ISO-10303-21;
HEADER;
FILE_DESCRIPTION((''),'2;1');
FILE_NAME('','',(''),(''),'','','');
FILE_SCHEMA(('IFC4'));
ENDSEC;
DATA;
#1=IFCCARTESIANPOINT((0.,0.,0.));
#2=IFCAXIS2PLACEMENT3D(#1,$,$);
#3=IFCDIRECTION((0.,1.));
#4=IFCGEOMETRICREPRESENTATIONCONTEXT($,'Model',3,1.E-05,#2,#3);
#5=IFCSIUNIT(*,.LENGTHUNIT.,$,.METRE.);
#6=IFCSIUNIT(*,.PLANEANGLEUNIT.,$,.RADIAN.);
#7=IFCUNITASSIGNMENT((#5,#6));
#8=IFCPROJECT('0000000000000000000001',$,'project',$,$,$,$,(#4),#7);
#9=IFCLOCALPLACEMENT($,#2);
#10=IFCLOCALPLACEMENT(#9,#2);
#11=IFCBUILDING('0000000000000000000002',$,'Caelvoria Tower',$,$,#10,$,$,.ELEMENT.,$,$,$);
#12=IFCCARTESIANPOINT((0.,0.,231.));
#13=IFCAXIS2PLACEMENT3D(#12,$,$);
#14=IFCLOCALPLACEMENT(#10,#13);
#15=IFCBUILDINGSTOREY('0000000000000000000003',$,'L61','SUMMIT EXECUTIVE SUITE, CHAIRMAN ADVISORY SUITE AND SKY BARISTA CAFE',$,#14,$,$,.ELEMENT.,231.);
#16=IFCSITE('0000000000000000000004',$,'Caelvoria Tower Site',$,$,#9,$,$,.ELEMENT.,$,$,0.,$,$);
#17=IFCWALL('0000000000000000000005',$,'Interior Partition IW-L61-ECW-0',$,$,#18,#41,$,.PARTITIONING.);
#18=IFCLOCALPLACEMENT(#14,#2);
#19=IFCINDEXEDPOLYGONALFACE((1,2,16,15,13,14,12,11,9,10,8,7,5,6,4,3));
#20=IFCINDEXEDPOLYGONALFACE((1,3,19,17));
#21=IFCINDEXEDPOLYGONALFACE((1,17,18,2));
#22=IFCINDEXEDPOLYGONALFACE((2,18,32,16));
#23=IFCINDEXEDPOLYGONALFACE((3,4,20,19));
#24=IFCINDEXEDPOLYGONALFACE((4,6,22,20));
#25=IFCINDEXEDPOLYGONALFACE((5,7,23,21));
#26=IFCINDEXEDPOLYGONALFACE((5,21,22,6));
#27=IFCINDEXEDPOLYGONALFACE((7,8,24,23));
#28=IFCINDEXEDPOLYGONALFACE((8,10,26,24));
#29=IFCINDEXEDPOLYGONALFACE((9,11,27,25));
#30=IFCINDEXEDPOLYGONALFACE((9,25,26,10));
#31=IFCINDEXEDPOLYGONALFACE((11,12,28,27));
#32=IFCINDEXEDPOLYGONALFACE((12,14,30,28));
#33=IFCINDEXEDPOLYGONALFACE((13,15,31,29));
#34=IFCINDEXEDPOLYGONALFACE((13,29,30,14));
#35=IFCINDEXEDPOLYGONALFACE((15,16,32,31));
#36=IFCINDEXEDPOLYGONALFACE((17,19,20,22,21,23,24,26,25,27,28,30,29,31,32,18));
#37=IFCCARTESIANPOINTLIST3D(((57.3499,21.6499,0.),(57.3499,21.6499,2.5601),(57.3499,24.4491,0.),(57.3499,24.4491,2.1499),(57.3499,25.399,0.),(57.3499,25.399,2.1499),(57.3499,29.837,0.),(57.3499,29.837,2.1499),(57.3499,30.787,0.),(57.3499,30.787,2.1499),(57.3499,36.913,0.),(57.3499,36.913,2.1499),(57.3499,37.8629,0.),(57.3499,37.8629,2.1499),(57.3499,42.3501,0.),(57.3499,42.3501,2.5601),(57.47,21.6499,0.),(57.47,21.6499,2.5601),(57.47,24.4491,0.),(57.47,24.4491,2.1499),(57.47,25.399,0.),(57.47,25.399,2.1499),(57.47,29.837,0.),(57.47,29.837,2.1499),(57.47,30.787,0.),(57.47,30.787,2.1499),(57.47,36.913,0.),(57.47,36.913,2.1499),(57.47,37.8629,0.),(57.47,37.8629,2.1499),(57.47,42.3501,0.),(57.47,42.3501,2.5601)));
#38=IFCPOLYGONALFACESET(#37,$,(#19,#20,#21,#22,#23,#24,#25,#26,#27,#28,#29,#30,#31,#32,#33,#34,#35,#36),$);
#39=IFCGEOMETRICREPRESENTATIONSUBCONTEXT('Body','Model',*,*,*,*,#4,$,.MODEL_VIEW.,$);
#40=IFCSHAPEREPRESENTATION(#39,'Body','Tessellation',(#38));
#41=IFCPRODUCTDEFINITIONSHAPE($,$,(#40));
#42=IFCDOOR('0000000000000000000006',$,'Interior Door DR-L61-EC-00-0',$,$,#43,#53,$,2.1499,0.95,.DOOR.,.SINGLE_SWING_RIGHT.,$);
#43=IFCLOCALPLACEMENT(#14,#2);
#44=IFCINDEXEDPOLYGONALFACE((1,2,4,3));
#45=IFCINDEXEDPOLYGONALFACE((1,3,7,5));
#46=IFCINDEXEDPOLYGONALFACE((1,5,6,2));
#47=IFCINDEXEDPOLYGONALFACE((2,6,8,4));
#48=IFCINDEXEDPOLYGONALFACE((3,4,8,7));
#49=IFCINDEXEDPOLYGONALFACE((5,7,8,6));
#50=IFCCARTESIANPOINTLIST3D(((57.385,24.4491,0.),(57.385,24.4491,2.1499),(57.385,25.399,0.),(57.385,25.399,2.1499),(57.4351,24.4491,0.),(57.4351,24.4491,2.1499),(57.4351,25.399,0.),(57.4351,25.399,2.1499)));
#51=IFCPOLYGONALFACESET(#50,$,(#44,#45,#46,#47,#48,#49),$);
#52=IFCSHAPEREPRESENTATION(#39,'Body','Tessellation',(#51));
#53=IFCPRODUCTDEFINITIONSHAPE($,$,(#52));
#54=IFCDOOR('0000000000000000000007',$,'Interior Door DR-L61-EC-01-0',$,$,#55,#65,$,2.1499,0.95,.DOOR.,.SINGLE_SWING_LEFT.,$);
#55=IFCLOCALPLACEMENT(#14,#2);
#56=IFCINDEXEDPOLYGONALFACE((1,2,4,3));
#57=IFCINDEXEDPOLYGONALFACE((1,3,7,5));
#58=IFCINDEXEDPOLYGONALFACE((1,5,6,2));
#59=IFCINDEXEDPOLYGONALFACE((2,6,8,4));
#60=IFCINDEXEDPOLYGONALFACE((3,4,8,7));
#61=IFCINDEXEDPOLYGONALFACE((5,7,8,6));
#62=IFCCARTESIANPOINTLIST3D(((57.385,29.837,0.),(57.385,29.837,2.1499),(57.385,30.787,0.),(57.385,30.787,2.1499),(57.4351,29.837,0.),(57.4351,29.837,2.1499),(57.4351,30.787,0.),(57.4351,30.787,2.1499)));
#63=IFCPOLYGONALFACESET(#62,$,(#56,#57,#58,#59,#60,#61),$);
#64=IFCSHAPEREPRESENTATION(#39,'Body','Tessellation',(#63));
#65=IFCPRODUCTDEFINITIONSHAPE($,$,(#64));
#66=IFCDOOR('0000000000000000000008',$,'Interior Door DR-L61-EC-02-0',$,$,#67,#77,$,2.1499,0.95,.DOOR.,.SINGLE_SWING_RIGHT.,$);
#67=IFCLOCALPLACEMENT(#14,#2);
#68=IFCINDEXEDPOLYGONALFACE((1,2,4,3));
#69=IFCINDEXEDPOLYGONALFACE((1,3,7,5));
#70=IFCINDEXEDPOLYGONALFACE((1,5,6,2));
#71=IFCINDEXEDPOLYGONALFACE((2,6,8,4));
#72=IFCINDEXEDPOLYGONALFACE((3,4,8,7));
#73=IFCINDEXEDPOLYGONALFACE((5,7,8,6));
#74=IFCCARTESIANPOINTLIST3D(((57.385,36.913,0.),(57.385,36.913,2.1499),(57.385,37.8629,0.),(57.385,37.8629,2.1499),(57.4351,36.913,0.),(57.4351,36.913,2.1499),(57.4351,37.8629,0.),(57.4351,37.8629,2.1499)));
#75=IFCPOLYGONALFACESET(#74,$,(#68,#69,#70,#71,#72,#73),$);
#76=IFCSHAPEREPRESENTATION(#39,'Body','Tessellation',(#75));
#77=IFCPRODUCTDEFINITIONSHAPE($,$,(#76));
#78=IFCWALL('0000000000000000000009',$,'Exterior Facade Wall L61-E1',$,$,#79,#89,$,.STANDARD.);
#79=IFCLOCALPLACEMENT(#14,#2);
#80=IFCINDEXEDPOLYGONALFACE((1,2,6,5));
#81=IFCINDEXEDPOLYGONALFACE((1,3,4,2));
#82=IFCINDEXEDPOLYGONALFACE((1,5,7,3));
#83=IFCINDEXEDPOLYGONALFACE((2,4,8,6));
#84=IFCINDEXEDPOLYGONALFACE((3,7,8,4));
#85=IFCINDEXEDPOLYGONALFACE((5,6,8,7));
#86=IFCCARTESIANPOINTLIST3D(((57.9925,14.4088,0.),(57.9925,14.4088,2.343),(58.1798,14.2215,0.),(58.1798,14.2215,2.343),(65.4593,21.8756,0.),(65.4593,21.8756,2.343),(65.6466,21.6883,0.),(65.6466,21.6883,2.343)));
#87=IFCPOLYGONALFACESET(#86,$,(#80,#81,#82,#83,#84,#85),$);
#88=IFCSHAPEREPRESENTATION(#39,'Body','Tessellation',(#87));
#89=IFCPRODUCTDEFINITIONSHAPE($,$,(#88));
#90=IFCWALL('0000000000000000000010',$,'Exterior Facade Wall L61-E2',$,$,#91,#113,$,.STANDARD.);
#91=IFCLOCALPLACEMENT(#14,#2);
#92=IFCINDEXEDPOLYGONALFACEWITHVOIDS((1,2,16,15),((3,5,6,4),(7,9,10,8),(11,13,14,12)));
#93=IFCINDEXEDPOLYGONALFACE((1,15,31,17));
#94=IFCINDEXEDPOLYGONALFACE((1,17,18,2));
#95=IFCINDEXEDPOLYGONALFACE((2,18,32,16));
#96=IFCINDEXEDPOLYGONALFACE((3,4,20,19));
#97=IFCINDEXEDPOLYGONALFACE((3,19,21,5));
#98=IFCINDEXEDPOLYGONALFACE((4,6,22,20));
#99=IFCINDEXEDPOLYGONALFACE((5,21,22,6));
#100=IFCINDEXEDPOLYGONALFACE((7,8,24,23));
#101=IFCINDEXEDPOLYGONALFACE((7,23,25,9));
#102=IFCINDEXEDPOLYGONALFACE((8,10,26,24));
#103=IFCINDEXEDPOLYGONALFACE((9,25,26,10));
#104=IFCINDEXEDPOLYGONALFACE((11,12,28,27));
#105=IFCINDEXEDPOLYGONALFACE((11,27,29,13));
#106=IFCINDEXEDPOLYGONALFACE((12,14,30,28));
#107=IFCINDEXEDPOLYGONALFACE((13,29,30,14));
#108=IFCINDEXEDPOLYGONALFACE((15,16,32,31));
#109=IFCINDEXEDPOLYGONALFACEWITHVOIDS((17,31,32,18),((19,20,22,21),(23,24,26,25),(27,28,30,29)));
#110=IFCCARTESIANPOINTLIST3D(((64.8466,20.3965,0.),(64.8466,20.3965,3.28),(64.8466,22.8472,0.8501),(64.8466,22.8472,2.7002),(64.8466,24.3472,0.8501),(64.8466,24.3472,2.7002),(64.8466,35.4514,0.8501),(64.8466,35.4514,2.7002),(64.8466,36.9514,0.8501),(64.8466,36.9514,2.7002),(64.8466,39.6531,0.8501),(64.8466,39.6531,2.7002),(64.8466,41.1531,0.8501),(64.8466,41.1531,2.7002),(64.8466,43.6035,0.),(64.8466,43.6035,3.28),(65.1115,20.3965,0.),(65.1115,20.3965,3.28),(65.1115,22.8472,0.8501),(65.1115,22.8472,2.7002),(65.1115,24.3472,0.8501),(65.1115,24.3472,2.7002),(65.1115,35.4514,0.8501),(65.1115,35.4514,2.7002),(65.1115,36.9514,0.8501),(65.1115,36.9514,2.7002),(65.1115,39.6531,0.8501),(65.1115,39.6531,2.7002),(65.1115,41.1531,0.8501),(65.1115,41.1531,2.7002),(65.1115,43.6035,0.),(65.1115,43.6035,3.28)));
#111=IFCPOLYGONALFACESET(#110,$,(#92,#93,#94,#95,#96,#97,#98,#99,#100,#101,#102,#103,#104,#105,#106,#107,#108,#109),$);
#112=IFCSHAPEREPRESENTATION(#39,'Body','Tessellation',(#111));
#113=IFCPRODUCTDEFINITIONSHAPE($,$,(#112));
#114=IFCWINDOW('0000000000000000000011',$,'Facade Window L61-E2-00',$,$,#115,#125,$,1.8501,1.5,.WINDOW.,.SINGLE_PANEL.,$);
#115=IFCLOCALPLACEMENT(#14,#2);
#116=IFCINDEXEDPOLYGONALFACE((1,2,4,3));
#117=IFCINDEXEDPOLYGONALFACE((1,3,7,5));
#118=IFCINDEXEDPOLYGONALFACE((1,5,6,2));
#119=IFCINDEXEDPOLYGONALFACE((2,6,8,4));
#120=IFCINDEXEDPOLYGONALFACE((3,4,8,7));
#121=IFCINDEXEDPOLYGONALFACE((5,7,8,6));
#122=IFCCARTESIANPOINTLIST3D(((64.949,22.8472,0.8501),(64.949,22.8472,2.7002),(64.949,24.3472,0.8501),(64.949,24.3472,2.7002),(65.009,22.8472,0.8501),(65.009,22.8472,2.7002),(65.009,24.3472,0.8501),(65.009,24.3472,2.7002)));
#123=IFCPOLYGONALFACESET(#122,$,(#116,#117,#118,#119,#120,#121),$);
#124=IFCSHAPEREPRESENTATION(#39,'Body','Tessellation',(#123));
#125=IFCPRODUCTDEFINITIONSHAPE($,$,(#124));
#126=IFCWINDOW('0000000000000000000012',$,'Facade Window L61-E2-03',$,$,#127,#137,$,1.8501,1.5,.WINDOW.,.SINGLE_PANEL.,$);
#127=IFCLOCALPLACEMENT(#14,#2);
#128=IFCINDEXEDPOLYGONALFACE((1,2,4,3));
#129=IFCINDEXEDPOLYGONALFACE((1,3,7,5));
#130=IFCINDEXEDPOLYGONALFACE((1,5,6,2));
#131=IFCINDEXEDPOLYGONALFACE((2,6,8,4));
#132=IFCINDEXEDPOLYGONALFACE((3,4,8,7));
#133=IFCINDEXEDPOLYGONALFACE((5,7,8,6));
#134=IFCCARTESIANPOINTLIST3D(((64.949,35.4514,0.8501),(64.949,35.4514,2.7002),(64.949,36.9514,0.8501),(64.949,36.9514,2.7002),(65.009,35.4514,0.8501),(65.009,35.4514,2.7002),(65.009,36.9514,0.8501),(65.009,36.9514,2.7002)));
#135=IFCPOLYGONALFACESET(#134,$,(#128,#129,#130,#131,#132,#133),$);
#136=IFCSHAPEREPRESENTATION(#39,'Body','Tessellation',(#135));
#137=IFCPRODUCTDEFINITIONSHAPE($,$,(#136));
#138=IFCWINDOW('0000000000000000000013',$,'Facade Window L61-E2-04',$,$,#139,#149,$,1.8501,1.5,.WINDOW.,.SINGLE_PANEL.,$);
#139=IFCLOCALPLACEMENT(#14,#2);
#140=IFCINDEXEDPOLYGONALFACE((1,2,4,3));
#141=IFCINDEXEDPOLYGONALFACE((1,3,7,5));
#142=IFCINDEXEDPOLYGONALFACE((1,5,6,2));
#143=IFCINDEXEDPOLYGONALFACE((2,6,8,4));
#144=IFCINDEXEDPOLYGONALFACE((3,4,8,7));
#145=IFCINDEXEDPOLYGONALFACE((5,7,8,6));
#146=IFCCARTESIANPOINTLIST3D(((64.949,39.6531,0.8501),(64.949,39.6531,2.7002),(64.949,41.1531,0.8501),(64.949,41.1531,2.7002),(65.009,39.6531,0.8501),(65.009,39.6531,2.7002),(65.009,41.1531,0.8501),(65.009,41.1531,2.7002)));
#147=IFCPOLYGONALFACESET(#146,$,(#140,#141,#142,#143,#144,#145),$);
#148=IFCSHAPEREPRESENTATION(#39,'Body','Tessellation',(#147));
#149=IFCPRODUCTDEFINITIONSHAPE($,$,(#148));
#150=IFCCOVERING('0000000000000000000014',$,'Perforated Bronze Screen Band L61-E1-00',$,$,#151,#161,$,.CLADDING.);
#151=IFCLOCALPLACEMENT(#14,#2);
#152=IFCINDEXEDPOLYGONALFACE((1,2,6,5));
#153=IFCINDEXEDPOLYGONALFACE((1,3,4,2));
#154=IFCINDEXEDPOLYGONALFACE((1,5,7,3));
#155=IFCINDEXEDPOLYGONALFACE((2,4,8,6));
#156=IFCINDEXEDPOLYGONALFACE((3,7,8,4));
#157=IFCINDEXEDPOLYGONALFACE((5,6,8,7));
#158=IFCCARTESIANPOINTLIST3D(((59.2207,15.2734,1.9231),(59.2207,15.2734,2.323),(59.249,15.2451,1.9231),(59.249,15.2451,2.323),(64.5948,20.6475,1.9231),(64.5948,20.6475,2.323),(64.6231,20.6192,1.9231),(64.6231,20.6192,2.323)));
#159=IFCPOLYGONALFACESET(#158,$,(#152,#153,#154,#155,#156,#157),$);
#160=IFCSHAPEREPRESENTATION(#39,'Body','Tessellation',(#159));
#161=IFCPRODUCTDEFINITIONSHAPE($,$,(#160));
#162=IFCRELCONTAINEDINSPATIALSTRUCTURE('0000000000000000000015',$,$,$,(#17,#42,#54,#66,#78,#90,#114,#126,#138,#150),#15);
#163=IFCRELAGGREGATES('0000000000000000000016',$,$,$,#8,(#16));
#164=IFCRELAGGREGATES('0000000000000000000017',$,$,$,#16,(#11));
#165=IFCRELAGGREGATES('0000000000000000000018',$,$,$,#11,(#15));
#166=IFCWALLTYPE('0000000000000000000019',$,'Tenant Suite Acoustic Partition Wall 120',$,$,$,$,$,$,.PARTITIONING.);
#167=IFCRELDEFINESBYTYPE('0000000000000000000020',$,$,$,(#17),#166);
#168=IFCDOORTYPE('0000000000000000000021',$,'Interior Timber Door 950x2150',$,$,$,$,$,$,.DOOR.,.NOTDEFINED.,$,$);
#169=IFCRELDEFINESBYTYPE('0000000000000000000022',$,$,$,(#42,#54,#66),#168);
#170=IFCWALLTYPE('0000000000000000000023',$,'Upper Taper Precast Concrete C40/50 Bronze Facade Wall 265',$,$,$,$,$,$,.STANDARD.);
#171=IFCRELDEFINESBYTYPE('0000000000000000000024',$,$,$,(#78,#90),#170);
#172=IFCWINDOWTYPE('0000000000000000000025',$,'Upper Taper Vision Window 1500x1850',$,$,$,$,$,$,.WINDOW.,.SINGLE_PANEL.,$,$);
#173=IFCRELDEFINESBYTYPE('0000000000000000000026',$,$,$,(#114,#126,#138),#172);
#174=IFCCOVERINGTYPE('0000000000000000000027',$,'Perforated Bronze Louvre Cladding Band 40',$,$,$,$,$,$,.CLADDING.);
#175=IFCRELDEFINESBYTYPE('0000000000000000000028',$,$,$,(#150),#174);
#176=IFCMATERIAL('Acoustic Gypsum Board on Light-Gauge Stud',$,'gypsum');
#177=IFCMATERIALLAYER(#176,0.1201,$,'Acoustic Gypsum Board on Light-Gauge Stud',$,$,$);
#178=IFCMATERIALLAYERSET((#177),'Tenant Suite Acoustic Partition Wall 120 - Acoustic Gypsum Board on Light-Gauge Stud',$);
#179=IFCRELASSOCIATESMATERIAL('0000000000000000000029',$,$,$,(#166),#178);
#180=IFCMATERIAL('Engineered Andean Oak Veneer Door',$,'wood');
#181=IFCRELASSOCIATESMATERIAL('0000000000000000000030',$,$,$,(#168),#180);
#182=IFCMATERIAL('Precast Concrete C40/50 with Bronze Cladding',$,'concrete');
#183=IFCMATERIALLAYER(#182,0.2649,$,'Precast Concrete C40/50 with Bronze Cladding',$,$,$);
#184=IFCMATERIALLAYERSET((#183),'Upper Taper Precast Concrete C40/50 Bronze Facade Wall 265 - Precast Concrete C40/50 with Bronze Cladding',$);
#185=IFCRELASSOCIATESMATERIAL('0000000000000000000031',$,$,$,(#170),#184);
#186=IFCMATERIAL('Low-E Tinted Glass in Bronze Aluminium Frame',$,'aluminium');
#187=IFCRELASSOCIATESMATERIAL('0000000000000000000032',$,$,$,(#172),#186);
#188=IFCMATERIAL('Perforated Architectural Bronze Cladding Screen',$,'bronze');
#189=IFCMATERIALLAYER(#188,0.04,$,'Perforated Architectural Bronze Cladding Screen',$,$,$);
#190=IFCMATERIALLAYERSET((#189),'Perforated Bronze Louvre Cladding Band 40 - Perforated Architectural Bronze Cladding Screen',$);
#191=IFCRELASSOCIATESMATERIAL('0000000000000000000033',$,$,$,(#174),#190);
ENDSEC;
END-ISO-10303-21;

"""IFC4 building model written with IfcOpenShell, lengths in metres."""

from ifc_helpers import new_model, si_unit, direction, frame, frame_2d, origin, origin_2d, place, context, subcontext, project, spatial, rectangle, extrude, material, layer, layer_set, type_object, element, fill, save


model = new_model("IFC4")

# Units and contexts
model_context = context("Model", 3, precision=1e-05, world=origin(), true_north=direction((0.0, 1.0)))
body_context = subcontext(model_context, "Body", "Model", "MODEL_VIEW")
ifc_project = project(units=[si_unit("LENGTHUNIT", "METRE"), si_unit("PLANEANGLEUNIT", "RADIAN")], contexts=[model_context])

# Site, building, storey
site_placement = place(None, origin())
site = spatial("IfcSite", under=ifc_project, at=site_placement, Name="Caelvoria Tower Site", CompositionType="ELEMENT", RefElevation=0.0)
building_placement = place(site_placement, origin())
building = spatial("IfcBuilding", under=site, at=building_placement, Name="Caelvoria Tower", CompositionType="ELEMENT")
storey_placement = place(building_placement, frame((0.0, 0.0, 231.0)))
storey = spatial("IfcBuildingStorey", under=building, at=storey_placement, Name="L61", Description="SUMMIT EXECUTIVE SUITE, CHAIRMAN ADVISORY SUITE AND SKY BARISTA CAFE", CompositionType="ELEMENT", Elevation=231.0)

# Shared definitions
ifc_material_1 = material(Name="Acoustic Gypsum Board on Light-Gauge Stud", Category="gypsum")
ifc_layer_1 = layer(ifc_material_1, 0.1201, Name="Acoustic Gypsum Board on Light-Gauge Stud")
ifc_layer_set_1 = layer_set([ifc_layer_1], Name="Tenant Suite Acoustic Partition Wall 120 - Acoustic Gypsum Board on Light-Gauge Stud")
wall_type_1 = type_object("IfcWallType", Name="Tenant Suite Acoustic Partition Wall 120", PredefinedType="PARTITIONING", material=ifc_layer_set_1)
ifc_material_2 = material(Name="Engineered Andean Oak Veneer Door", Category="wood")

# Wall, openings, doors
wall_1_placement = place(storey_placement, frame((57.4099, 21.6499, 0.0), z_axis=(0.0, 0.0, 1.0), x_axis=(0.0, 1.0, 0.0)))
wall_1 = element("IfcWall", 1, at=wall_1_placement, inside=storey, type_object=wall_type_1, Name="Interior Partition IW-L61-ECW-0", PredefinedType="PARTITIONING", context=body_context, shape_type="SweptSolid", body=[
    extrude(rectangle(XDim=20.7002, YDim=0.1201, at=frame_2d((10.3501, 0.0))), origin(), (0.0, 0.0, 1.0), 2.5601),
])
opening_1_placement = place(wall_1_placement, frame((2.7991, 0.0, 0.0)))
opening_1 = element("IfcOpeningElement", 2, at=opening_1_placement, cuts=wall_1, PredefinedType="OPENING", context=body_context, shape_type="SweptSolid", body=[
    extrude(rectangle(XDim=0.95, YDim=2.1499, at=frame_2d((0.4751, 1.075))), frame((0.0, 0.0701, 0.0), z_axis=(0.0, -1.0, 0.0), x_axis=(1.0, 0.0, 0.0)), (0.0, 0.0, 1.0), 0.1401),
])
opening_2_placement = place(wall_1_placement, frame((8.187, 0.0, 0.0)))
opening_2 = element("IfcOpeningElement", 3, at=opening_2_placement, cuts=wall_1, PredefinedType="OPENING", context=body_context, shape_type="SweptSolid", body=[
    extrude(rectangle(XDim=0.95, YDim=2.1499, at=frame_2d((0.4751, 1.075))), frame((0.0, 0.0701, 0.0), z_axis=(0.0, -1.0, 0.0), x_axis=(1.0, 0.0, 0.0)), (0.0, 0.0, 1.0), 0.1401),
])
opening_3_placement = place(wall_1_placement, frame((15.2629, 0.0, 0.0)))
opening_3 = element("IfcOpeningElement", 4, at=opening_3_placement, cuts=wall_1, PredefinedType="OPENING", context=body_context, shape_type="SweptSolid", body=[
    extrude(rectangle(XDim=0.95, YDim=2.1499, at=frame_2d((0.4751, 1.075))), frame((0.0, 0.0701, 0.0), z_axis=(0.0, -1.0, 0.0), x_axis=(1.0, 0.0, 0.0)), (0.0, 0.0, 1.0), 0.1401),
])
door_type_1 = type_object("IfcDoorType", Name="Interior Timber Door 950x2150", OperationType="NOTDEFINED", PredefinedType="DOOR", material=ifc_material_2)
door_1_placement = place(opening_1_placement, origin())
door_1 = element("IfcDoor", 5, at=door_1_placement, inside=storey, type_object=door_type_1, Name="Interior Door DR-L61-EC-00-0", OperationType="SINGLE_SWING_RIGHT", OverallHeight=2.1499, OverallWidth=0.95, PredefinedType="DOOR", context=body_context, shape_type="SweptSolid", body=[
    extrude(rectangle(XDim=0.95, YDim=2.1499, at=frame_2d((0.4751, 1.075))), frame((0.0, 0.0249, 0.0), z_axis=(0.0, -1.0, 0.0), x_axis=(1.0, 0.0, 0.0)), (0.0, 0.0, 1.0), 0.05),
])
fill(opening_1, door_1)
door_2_placement = place(opening_2_placement, origin())
door_2 = element("IfcDoor", 6, at=door_2_placement, inside=storey, type_object=door_type_1, Name="Interior Door DR-L61-EC-01-0", OperationType="SINGLE_SWING_LEFT", OverallHeight=2.1499, OverallWidth=0.95, PredefinedType="DOOR", context=body_context, shape_type="SweptSolid", body=[
    extrude(rectangle(XDim=0.95, YDim=2.1499, at=frame_2d((0.4751, 1.075))), frame((0.0, 0.0249, 0.0), z_axis=(0.0, -1.0, 0.0), x_axis=(1.0, 0.0, 0.0)), (0.0, 0.0, 1.0), 0.05),
])
fill(opening_2, door_2)
door_3_placement = place(opening_3_placement, origin())
door_3 = element("IfcDoor", 7, at=door_3_placement, inside=storey, type_object=door_type_1, Name="Interior Door DR-L61-EC-02-0", OperationType="SINGLE_SWING_RIGHT", OverallHeight=2.1499, OverallWidth=0.95, PredefinedType="DOOR", context=body_context, shape_type="SweptSolid", body=[
    extrude(rectangle(XDim=0.95, YDim=2.1499, at=frame_2d((0.4751, 1.075))), frame((0.0, 0.0249, 0.0), z_axis=(0.0, -1.0, 0.0), x_axis=(1.0, 0.0, 0.0)), (0.0, 0.0, 1.0), 0.05),
])
fill(opening_3, door_3)

# Wall
ifc_material_3 = material(Name="Precast Concrete C40/50 with Bronze Cladding", Category="concrete")
ifc_layer_2 = layer(ifc_material_3, 0.2649, Name="Precast Concrete C40/50 with Bronze Cladding")
ifc_layer_set_2 = layer_set([ifc_layer_2], Name="Upper Taper Precast Concrete C40/50 Bronze Facade Wall 265 - Precast Concrete C40/50 with Bronze Cladding")
wall_type_2 = type_object("IfcWallType", Name="Upper Taper Precast Concrete C40/50 Bronze Facade Wall 265", PredefinedType="STANDARD", material=ifc_layer_set_2)
wall_2_placement = place(storey_placement, frame((58.0862, 14.3152, 0.0), z_axis=(0.0, 0.0, 1.0), x_axis=(0.707107, 0.707107, 0.0)))
element("IfcWall", 8, at=wall_2_placement, inside=storey, type_object=wall_type_2, Name="Exterior Facade Wall L61-E1", PredefinedType="STANDARD", context=body_context, shape_type="SweptSolid", body=[
    extrude(rectangle(XDim=10.5596, YDim=0.2649, at=frame_2d((5.2798, 0.0))), origin(), (0.0, 0.0, 1.0), 2.343),
])

# Wall, openings, windows
wall_3_placement = place(storey_placement, frame((64.979, 20.3965, 0.0), z_axis=(0.0, 0.0, 1.0), x_axis=(0.0, 1.0, 0.0)))
wall_3 = element("IfcWall", 9, at=wall_3_placement, inside=storey, type_object=wall_type_2, Name="Exterior Facade Wall L61-E2", PredefinedType="STANDARD", context=body_context, shape_type="SweptSolid", body=[
    extrude(rectangle(XDim=23.207, YDim=0.2649, at=frame_2d((11.6035, 0.0))), origin(), (0.0, 0.0, 1.0), 3.28),
])
opening_4_placement = place(wall_3_placement, frame((2.4507, 0.0, 0.8501)))
opening_4 = element("IfcOpeningElement", 10, at=opening_4_placement, cuts=wall_3, PredefinedType="OPENING", context=body_context, shape_type="SweptSolid", body=[
    extrude(rectangle(XDim=1.5, YDim=1.8501, at=frame_2d((0.75, 0.925))), frame((0.0, 0.1423, 0.0), z_axis=(0.0, -1.0, 0.0), x_axis=(1.0, 0.0, 0.0)), (0.0, 0.0, 1.0), 0.2849),
])
opening_5_placement = place(wall_3_placement, frame((15.0549, 0.0, 0.8501)))
opening_5 = element("IfcOpeningElement", 11, at=opening_5_placement, cuts=wall_3, PredefinedType="OPENING", context=body_context, shape_type="SweptSolid", body=[
    extrude(rectangle(XDim=1.5, YDim=1.8501, at=frame_2d((0.75, 0.925))), frame((0.0, 0.1423, 0.0), z_axis=(0.0, -1.0, 0.0), x_axis=(1.0, 0.0, 0.0)), (0.0, 0.0, 1.0), 0.2849),
])
opening_6_placement = place(wall_3_placement, frame((19.2566, 0.0, 0.8501)))
opening_6 = element("IfcOpeningElement", 12, at=opening_6_placement, cuts=wall_3, PredefinedType="OPENING", context=body_context, shape_type="SweptSolid", body=[
    extrude(rectangle(XDim=1.5, YDim=1.8501, at=frame_2d((0.75, 0.925))), frame((0.0, 0.1423, 0.0), z_axis=(0.0, -1.0, 0.0), x_axis=(1.0, 0.0, 0.0)), (0.0, 0.0, 1.0), 0.2849),
])
ifc_material_4 = material(Name="Low-E Tinted Glass in Bronze Aluminium Frame", Category="aluminium")
window_type = type_object("IfcWindowType", Name="Upper Taper Vision Window 1500x1850", PartitioningType="SINGLE_PANEL", PredefinedType="WINDOW", material=ifc_material_4)
window_1_placement = place(opening_4_placement, origin())
window_1 = element("IfcWindow", 13, at=window_1_placement, inside=storey, type_object=window_type, Name="Facade Window L61-E2-00", OverallHeight=1.8501, OverallWidth=1.5, PartitioningType="SINGLE_PANEL", PredefinedType="WINDOW", context=body_context, shape_type="SweptSolid", body=[
    extrude(rectangle(XDim=1.5, YDim=1.8501, at=frame_2d((0.75, 0.925))), frame((0.0, 0.03, 0.0), z_axis=(0.0, -1.0, 0.0), x_axis=(1.0, 0.0, 0.0)), (0.0, 0.0, 1.0), 0.0601),
])
fill(opening_4, window_1)
window_2_placement = place(opening_5_placement, origin())
window_2 = element("IfcWindow", 14, at=window_2_placement, inside=storey, type_object=window_type, Name="Facade Window L61-E2-03", OverallHeight=1.8501, OverallWidth=1.5, PartitioningType="SINGLE_PANEL", PredefinedType="WINDOW", context=body_context, shape_type="SweptSolid", body=[
    extrude(rectangle(XDim=1.5, YDim=1.8501, at=frame_2d((0.75, 0.925))), frame((0.0, 0.03, 0.0), z_axis=(0.0, -1.0, 0.0), x_axis=(1.0, 0.0, 0.0)), (0.0, 0.0, 1.0), 0.0601),
])
fill(opening_5, window_2)
window_3_placement = place(opening_6_placement, origin())
window_3 = element("IfcWindow", 15, at=window_3_placement, inside=storey, type_object=window_type, Name="Facade Window L61-E2-04", OverallHeight=1.8501, OverallWidth=1.5, PartitioningType="SINGLE_PANEL", PredefinedType="WINDOW", context=body_context, shape_type="SweptSolid", body=[
    extrude(rectangle(XDim=1.5, YDim=1.8501, at=frame_2d((0.75, 0.925))), frame((0.0, 0.03, 0.0), z_axis=(0.0, -1.0, 0.0), x_axis=(1.0, 0.0, 0.0)), (0.0, 0.0, 1.0), 0.0601),
])
fill(opening_6, window_3)

# Covering
ifc_material_5 = material(Name="Perforated Architectural Bronze Cladding Screen", Category="bronze")
ifc_layer_3 = layer(ifc_material_5, 0.04, Name="Perforated Architectural Bronze Cladding Screen")
ifc_layer_set_3 = layer_set([ifc_layer_3], Name="Perforated Bronze Louvre Cladding Band 40 - Perforated Architectural Bronze Cladding Screen")
covering_type = type_object("IfcCoveringType", Name="Perforated Bronze Louvre Cladding Band 40", PredefinedType="CLADDING", material=ifc_layer_set_3)
for number, where, z_axis, x_axis, name in (
    (16, (61.9219, 17.9463, 1.9231), (0.0, 0.0, 1.0), (0.707107, 0.707107, 0.0), "Perforated Bronze Screen Band L61-E1-00"),
):
    element("IfcCovering", number, at=place(storey_placement, frame(where, z_axis=z_axis, x_axis=x_axis)), inside=storey, type_object=covering_type, Name=name, PredefinedType="CLADDING", context=body_context, shape_type="SweptSolid", body=[
        extrude(rectangle(XDim=7.6001, YDim=0.04, at=origin_2d()), origin(), (0.0, 0.0, 1.0), 0.3999),
    ])

save(model, "model.ifc")
